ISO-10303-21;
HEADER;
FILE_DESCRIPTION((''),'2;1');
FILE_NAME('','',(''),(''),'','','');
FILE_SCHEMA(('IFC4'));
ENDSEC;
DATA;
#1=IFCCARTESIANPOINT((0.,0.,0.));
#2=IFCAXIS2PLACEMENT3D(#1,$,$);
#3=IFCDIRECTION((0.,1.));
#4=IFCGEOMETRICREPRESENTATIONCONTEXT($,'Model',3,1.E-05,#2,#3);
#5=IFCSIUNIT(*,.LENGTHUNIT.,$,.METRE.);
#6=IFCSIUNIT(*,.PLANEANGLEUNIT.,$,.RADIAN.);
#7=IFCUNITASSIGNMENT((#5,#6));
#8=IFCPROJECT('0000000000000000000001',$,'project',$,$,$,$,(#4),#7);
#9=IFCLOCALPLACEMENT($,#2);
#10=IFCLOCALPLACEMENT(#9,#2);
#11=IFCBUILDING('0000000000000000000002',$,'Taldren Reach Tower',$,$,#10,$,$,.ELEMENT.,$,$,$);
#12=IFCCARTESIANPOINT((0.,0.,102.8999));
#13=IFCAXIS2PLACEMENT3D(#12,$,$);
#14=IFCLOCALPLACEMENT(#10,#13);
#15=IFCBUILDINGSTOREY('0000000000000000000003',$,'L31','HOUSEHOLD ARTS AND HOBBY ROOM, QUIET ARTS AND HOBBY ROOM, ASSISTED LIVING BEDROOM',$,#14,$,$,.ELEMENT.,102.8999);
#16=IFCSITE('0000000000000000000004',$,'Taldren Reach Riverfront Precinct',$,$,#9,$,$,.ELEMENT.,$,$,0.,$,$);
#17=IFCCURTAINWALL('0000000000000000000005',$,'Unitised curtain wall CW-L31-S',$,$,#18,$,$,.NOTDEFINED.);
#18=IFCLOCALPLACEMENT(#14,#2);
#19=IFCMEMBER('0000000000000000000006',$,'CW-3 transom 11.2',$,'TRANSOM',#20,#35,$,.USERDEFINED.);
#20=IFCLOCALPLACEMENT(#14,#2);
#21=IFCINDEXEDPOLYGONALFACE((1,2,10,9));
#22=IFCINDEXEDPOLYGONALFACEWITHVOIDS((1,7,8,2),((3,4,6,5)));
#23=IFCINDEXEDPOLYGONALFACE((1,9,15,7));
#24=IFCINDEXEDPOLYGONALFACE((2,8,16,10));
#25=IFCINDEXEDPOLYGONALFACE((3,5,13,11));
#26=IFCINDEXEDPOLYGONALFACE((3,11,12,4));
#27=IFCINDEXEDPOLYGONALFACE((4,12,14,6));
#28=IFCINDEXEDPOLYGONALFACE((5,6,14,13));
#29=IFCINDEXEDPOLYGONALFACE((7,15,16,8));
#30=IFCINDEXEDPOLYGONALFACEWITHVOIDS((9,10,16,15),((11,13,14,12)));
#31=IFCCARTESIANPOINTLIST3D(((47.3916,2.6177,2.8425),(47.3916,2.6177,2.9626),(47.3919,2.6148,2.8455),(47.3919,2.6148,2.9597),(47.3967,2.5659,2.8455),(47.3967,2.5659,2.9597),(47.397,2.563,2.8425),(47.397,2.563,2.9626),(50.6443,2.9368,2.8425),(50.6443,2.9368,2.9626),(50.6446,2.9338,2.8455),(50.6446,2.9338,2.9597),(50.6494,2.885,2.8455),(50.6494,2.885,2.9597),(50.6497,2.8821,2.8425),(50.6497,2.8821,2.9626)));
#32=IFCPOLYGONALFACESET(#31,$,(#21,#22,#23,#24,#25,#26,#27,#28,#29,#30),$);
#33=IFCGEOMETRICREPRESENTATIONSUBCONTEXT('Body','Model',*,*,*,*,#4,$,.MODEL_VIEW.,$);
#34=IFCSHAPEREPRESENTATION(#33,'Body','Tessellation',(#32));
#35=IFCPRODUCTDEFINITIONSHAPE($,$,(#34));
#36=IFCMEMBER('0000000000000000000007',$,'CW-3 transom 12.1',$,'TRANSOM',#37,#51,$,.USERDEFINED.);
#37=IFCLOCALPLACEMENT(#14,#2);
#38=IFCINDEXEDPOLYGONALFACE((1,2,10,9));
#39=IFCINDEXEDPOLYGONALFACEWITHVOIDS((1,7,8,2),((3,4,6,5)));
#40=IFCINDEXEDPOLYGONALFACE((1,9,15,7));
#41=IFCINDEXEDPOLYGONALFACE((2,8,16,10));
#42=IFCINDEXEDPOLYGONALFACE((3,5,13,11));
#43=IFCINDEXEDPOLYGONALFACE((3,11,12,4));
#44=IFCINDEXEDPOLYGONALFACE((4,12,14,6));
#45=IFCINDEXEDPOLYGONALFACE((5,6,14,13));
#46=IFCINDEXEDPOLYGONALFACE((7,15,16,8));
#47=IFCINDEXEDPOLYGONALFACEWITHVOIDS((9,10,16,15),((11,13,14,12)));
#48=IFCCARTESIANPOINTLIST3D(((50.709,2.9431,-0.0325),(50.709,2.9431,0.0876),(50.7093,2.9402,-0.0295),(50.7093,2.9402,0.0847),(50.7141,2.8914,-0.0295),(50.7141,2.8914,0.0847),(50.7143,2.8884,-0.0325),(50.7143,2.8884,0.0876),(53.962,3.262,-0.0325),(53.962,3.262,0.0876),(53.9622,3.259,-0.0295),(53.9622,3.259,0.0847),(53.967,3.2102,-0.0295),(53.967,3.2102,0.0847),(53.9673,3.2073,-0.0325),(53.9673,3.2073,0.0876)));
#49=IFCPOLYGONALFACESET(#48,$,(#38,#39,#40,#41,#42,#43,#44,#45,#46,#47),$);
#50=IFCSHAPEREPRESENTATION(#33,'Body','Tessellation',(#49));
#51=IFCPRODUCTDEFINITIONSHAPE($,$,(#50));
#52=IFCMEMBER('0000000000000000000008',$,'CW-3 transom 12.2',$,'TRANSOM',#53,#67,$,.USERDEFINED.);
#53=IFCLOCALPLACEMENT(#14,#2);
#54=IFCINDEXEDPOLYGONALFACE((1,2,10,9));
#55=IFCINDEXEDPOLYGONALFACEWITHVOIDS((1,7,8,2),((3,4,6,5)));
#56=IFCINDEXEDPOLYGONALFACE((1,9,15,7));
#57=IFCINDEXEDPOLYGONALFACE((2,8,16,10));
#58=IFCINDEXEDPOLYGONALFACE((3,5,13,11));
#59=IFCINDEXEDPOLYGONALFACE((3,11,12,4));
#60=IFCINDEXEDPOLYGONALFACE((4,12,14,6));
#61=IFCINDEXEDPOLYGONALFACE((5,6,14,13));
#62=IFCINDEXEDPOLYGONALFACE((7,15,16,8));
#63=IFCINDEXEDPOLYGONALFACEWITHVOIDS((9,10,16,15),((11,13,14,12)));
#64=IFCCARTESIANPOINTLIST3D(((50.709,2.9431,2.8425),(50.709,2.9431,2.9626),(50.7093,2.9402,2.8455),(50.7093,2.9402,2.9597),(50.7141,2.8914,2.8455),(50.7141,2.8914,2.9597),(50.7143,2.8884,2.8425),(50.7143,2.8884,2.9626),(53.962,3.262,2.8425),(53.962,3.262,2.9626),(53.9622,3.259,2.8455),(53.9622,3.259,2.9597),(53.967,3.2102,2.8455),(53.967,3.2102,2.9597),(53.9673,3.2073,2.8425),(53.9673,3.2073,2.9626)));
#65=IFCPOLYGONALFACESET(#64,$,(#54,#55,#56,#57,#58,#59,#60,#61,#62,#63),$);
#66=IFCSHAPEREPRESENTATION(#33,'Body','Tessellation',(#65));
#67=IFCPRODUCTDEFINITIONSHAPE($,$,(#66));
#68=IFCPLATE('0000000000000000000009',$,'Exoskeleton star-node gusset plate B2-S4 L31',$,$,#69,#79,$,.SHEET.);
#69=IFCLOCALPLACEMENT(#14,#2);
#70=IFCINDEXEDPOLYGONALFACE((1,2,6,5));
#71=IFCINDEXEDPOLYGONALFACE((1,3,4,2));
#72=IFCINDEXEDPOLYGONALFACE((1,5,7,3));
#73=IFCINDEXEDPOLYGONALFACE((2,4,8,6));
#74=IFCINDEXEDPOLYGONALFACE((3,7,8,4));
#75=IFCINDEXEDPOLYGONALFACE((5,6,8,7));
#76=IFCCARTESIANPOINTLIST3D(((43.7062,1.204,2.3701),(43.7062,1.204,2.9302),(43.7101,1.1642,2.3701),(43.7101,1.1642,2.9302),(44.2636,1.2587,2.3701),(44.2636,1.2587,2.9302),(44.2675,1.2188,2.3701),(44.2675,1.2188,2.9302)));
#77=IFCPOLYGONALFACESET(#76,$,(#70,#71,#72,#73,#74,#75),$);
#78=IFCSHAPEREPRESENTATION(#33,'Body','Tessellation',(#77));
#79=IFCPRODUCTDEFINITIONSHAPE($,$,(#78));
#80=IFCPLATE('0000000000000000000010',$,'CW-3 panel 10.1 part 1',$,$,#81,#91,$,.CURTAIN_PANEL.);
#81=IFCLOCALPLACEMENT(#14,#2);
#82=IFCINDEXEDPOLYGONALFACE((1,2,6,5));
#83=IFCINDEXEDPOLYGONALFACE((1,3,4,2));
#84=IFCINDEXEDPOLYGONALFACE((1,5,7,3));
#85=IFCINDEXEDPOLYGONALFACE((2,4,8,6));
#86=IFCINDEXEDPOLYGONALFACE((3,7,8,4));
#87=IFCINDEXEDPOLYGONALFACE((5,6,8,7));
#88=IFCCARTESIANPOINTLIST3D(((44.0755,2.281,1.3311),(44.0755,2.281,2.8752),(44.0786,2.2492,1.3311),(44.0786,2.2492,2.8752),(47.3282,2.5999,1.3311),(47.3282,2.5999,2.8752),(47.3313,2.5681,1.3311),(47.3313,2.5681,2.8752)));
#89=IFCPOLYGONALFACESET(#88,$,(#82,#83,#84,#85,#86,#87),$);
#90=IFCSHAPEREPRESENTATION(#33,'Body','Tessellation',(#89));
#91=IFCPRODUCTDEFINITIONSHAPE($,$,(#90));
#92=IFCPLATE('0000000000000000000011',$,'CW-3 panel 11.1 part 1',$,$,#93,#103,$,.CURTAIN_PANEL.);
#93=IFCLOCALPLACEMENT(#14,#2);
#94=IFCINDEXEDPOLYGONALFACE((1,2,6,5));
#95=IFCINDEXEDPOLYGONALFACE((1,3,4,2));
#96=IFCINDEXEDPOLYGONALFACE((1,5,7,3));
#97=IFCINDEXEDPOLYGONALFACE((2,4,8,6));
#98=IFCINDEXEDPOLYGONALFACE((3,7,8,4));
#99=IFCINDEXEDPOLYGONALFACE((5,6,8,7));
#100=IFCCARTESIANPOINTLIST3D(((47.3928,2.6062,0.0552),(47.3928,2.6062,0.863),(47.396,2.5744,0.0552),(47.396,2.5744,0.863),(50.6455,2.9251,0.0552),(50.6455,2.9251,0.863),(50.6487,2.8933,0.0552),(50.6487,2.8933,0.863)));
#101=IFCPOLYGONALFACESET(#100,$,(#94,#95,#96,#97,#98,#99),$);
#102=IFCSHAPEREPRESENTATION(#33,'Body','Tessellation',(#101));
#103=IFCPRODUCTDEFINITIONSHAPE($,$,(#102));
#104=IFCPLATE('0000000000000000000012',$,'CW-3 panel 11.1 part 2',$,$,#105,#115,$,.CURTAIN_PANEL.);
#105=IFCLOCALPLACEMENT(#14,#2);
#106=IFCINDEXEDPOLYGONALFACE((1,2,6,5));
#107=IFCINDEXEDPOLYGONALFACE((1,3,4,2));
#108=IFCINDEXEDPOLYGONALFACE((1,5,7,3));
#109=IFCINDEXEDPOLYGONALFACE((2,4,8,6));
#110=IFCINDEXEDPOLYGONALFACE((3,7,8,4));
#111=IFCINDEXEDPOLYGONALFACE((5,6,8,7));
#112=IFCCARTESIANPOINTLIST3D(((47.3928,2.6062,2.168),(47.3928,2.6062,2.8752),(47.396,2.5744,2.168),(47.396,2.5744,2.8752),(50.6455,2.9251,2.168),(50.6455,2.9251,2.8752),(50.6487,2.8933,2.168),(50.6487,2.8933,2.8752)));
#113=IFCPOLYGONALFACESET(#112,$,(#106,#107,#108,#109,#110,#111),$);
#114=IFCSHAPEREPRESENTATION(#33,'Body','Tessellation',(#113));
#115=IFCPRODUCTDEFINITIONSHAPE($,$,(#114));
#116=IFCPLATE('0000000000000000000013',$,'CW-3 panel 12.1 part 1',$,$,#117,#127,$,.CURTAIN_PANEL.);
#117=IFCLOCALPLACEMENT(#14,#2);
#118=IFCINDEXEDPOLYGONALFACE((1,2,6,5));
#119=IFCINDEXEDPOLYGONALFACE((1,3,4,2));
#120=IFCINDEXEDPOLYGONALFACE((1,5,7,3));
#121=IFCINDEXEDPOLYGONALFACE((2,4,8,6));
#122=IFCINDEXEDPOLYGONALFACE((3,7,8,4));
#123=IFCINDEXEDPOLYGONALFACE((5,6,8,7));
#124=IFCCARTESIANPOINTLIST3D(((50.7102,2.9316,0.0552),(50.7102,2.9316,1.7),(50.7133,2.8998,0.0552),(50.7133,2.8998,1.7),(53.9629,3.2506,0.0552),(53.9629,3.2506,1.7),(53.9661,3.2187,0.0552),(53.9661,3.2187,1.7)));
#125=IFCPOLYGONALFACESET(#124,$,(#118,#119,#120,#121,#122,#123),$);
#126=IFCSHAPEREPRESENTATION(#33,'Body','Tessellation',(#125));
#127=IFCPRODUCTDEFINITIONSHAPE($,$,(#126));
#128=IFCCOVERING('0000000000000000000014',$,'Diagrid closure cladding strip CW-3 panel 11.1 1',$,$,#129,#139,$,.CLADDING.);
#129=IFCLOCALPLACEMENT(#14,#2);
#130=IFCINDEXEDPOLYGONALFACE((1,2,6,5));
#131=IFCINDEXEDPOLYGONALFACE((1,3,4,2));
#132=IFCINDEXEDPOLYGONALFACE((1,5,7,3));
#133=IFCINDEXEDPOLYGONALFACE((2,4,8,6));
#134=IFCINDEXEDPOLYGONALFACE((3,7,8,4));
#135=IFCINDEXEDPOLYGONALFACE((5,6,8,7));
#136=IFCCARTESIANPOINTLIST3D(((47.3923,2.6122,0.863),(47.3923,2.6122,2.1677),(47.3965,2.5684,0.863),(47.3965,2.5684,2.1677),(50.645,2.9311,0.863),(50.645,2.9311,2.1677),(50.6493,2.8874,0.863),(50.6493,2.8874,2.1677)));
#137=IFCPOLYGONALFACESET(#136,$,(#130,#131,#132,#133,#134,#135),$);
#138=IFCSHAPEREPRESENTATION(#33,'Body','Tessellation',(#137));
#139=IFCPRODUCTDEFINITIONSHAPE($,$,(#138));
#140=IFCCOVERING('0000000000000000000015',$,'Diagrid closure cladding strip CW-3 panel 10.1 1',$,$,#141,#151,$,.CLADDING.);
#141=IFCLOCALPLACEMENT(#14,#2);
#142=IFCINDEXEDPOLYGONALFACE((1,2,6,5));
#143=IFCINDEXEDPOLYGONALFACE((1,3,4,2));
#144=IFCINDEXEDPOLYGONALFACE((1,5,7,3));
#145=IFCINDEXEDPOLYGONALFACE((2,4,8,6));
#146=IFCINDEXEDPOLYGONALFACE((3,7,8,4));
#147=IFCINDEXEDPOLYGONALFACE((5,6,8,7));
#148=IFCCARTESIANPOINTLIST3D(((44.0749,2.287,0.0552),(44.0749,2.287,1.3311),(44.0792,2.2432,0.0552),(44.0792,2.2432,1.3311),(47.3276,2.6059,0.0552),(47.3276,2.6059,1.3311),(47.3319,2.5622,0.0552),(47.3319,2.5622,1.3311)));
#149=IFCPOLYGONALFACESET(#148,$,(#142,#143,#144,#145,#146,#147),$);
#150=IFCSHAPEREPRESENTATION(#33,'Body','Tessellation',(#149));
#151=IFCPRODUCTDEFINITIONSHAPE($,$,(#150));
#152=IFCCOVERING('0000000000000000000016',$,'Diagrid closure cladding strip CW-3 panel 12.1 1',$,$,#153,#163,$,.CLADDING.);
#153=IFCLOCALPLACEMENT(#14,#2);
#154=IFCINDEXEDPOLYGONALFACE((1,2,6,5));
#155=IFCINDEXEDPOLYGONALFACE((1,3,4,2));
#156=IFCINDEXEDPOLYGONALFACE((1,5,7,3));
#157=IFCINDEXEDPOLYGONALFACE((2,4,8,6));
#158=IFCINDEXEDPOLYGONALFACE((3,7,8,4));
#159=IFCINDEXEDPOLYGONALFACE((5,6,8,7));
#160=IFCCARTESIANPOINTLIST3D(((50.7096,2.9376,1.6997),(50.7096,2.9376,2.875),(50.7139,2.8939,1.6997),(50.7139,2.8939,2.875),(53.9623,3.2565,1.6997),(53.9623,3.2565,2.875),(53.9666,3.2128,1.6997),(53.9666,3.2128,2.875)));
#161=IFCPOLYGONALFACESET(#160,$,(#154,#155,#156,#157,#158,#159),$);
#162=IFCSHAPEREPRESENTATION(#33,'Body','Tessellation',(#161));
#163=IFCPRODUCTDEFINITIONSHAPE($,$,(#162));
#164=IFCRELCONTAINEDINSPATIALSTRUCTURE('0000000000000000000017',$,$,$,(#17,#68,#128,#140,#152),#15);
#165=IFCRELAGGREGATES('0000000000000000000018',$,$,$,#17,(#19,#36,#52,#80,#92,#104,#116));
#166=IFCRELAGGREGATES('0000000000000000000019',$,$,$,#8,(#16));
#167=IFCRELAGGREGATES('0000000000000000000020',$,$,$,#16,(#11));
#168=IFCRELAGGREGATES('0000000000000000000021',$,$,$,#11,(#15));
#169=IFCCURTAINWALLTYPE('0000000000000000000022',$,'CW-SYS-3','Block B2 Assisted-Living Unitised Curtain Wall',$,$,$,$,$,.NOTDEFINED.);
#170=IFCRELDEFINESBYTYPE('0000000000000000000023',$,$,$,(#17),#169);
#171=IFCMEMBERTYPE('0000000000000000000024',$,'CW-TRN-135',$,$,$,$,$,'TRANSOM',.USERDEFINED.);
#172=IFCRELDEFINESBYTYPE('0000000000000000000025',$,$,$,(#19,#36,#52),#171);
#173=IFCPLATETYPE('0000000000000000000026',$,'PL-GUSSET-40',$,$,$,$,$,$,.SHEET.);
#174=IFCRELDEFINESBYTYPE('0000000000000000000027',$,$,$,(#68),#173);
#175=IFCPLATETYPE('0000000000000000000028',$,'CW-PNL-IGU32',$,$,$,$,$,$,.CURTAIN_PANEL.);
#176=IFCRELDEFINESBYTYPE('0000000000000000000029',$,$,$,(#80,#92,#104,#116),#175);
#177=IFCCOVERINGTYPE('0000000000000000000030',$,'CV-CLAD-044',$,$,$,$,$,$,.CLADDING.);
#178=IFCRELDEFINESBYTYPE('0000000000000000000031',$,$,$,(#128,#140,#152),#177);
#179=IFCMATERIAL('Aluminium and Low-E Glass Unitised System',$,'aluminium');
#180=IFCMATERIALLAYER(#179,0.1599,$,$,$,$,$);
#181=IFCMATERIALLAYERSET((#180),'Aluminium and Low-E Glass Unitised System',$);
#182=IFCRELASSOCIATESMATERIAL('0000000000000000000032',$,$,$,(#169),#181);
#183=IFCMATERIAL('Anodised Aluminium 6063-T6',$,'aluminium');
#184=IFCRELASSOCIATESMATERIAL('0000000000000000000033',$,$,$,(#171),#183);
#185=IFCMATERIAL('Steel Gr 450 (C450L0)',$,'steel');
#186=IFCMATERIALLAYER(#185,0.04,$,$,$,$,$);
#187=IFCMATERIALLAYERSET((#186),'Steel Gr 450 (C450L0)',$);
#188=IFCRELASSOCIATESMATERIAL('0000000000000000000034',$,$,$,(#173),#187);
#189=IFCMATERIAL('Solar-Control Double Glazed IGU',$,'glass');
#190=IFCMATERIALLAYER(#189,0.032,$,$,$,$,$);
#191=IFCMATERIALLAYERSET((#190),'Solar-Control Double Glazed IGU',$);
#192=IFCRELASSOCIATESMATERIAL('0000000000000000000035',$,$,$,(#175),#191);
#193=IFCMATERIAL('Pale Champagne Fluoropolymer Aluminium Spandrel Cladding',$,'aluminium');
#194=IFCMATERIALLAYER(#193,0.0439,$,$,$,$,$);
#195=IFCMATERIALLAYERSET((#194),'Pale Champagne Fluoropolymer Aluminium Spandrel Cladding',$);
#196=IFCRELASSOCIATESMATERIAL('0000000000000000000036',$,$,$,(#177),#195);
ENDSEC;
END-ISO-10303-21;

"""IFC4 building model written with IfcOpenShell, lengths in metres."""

from ifc_helpers import new_model, si_unit, direction, frame, origin, origin_2d, place, context, subcontext, project, spatial, rectangle, hollow_rectangle, extrude, source, transform, mapped, material, layer, layer_set, material_profile, profile_set, type_object, element, aggregate, save


model = new_model("IFC4")

# Units and contexts
model_context = context("Model", 3, precision=1e-05, world=origin(), true_north=direction((0.0, 1.0)))
body_context = subcontext(model_context, "Body", "Model", "MODEL_VIEW")
ifc_project = project(units=[si_unit("LENGTHUNIT", "METRE"), si_unit("PLANEANGLEUNIT", "RADIAN")], contexts=[model_context])

# Site, building, storey
site_placement = place(None, origin())
site = spatial("IfcSite", under=ifc_project, at=site_placement, Name="Taldren Reach Riverfront Precinct", CompositionType="ELEMENT", RefElevation=0.0)
building_placement = place(site_placement, origin())
building = spatial("IfcBuilding", under=site, at=building_placement, Name="Taldren Reach Tower", CompositionType="ELEMENT")
storey_placement = place(building_placement, frame((0.0, 0.0, 102.8999)))
storey = spatial("IfcBuildingStorey", under=building, at=storey_placement, Name="L31", Description="HOUSEHOLD ARTS AND HOBBY ROOM, QUIET ARTS AND HOBBY ROOM, ASSISTED LIVING BEDROOM", CompositionType="ELEMENT", Elevation=102.8999)

# Shared definitions
ifc_material_1 = material(Name="Steel Gr 450 (C450L0)", Category="steel")

# Curtain wall, members
ifc_material_2 = material(Name="Aluminium and Low-E Glass Unitised System", Category="aluminium")
ifc_layer_1 = layer(ifc_material_2, 0.1599)
ifc_layer_set_1 = layer_set([ifc_layer_1], Name="Aluminium and Low-E Glass Unitised System")
curtain_wall_type = type_object("IfcCurtainWallType", Name="CW-SYS-3", Description="Block B2 Assisted-Living Unitised Curtain Wall", PredefinedType="NOTDEFINED", material=ifc_layer_set_1)
curtain_wall_placement = place(storey_placement, origin())
curtain_wall = element("IfcCurtainWall", 1, at=curtain_wall_placement, inside=storey, type_object=curtain_wall_type, Name="Unitised curtain wall CW-L31-S", PredefinedType="NOTDEFINED")
ifc_material_3 = material(Name="Anodised Aluminium 6063-T6", Category="aluminium")
ifc_material_profile_1 = material_profile(ifc_material_3, hollow_rectangle(XDim=0.0549, YDim=0.1201, WallThickness=0.0029, at=origin_2d()), Name="ALU-120x55x3RHS")
ifc_profile_set_1 = profile_set([ifc_material_profile_1], Name="Anodised Aluminium 6063-T6")
member_type_1 = type_object("IfcMemberType", Name="CW-TRN-135", ElementType="TRANSOM", PredefinedType="USERDEFINED", material=ifc_profile_set_1)
shared_shape_1 = source(origin(), body_context, "Body", "SweptSolid", [
    extrude(hollow_rectangle(XDim=0.0549, YDim=0.1201, WallThickness=0.0029, at=origin_2d()), origin(), (0.0, 0.0, 1.0), 3.2683),
])
member_1_placement = place(storey_placement, frame((47.3943, 2.5903, 2.9026), z_axis=(0.995223, 0.097632, 0.0), x_axis=(-0.097632, 0.995223, 0.0)))
member_1 = element("IfcMember", 2, at=member_1_placement, type_object=member_type_1, Name="CW-3 transom 11.2", ObjectType="TRANSOM", PredefinedType="USERDEFINED", context=body_context, shape_type="MappedRepresentation", body=[
    mapped(shared_shape_1, transform((0.0, 0.0, 0.0), scale=1.0)),
])
shared_shape_2 = source(origin(), body_context, "Body", "SweptSolid", [
    extrude(hollow_rectangle(XDim=0.0549, YDim=0.1201, WallThickness=0.0029, at=origin_2d()), origin(), (0.0, 0.0, 1.0), 3.2686),
])
member_2_placement = place(storey_placement, frame((50.7117, 2.9158, 0.0276), z_axis=(0.995231, 0.097551, 0.0), x_axis=(-0.097551, 0.995231, 0.0)))
member_2 = element("IfcMember", 3, at=member_2_placement, type_object=member_type_1, Name="CW-3 transom 12.1", ObjectType="TRANSOM", PredefinedType="USERDEFINED", context=body_context, shape_type="MappedRepresentation", body=[
    mapped(shared_shape_2, transform((0.0, 0.0, 0.0), scale=1.0)),
])
member_3_placement = place(storey_placement, frame((50.7117, 2.9158, 2.9026), z_axis=(0.995231, 0.097551, 0.0), x_axis=(-0.097551, 0.995231, 0.0)))
member_3 = element("IfcMember", 4, at=member_3_placement, type_object=member_type_1, Name="CW-3 transom 12.2", ObjectType="TRANSOM", PredefinedType="USERDEFINED", context=body_context, shape_type="MappedRepresentation", body=[
    mapped(shared_shape_2, transform((0.0, 0.0, 0.0), scale=1.0)),
])

# Plates
ifc_layer_2 = layer(ifc_material_1, 0.04)
ifc_layer_set_2 = layer_set([ifc_layer_2], Name="Steel Gr 450 (C450L0)")
plate_type_1 = type_object("IfcPlateType", Name="PL-GUSSET-40", PredefinedType="SHEET", material=ifc_layer_set_2)
shared_shape_3 = source(origin(), body_context, "Body", "SweptSolid", [
    extrude(rectangle(XDim=0.5601, YDim=0.04, at=origin_2d()), origin(), (0.0, 0.0, 1.0), 0.5601),
])
plate_1_placement = place(storey_placement, frame((43.9868, 1.2114, 2.3701), z_axis=(0.0, 0.0, 1.0), x_axis=(0.995227, 0.097583, 0.0)))
element("IfcPlate", 5, at=plate_1_placement, inside=storey, type_object=plate_type_1, Name="Exoskeleton star-node gusset plate B2-S4 L31", PredefinedType="SHEET", context=body_context, shape_type="MappedRepresentation", body=[
    mapped(shared_shape_3, transform((0.0, 0.0, 0.0), scale=1.0)),
])
ifc_material_4 = material(Name="Solar-Control Double Glazed IGU", Category="glass")
ifc_layer_3 = layer(ifc_material_4, 0.032)
ifc_layer_set_3 = layer_set([ifc_layer_3], Name="Solar-Control Double Glazed IGU")
plate_type_2 = type_object("IfcPlateType", Name="CW-PNL-IGU32", PredefinedType="CURTAIN_PANEL", material=ifc_layer_set_3)
shared_shape_4 = source(origin(), body_context, "Body", "SweptSolid", [
    extrude(rectangle(XDim=3.2683, YDim=0.032, at=origin_2d()), origin(), (0.0, 0.0, 1.0), 1.5442),
])
plate_2_placement = place(storey_placement, frame((45.7034, 2.4246, 1.3311), z_axis=(0.0, 0.0, 1.0), x_axis=(0.995227, 0.097583, 0.0)))
plate_2 = element("IfcPlate", 6, at=plate_2_placement, type_object=plate_type_2, Name="CW-3 panel 10.1 part 1", PredefinedType="CURTAIN_PANEL", context=body_context, shape_type="MappedRepresentation", body=[
    mapped(shared_shape_4, transform((0.0, 0.0, 0.0), scale=1.0)),
])
shared_shape_5 = source(origin(), body_context, "Body", "SweptSolid", [
    extrude(rectangle(XDim=3.2683, YDim=0.032, at=origin_2d()), origin(), (0.0, 0.0, 1.0), 0.8079),
])
plate_3_placement = place(storey_placement, frame((49.0208, 2.7498, 0.0552), z_axis=(0.0, 0.0, 1.0), x_axis=(0.995227, 0.097583, 0.0)))
plate_3 = element("IfcPlate", 7, at=plate_3_placement, type_object=plate_type_2, Name="CW-3 panel 11.1 part 1", PredefinedType="CURTAIN_PANEL", context=body_context, shape_type="MappedRepresentation", body=[
    mapped(shared_shape_5, transform((0.0, 0.0, 0.0), scale=1.0)),
])
shared_shape_6 = source(origin(), body_context, "Body", "SweptSolid", [
    extrude(rectangle(XDim=3.2683, YDim=0.032, at=origin_2d()), origin(), (0.0, 0.0, 1.0), 0.7073),
])
plate_4_placement = place(storey_placement, frame((49.0208, 2.7498, 2.168), z_axis=(0.0, 0.0, 1.0), x_axis=(0.995227, 0.097583, 0.0)))
plate_4 = element("IfcPlate", 8, at=plate_4_placement, type_object=plate_type_2, Name="CW-3 panel 11.1 part 2", PredefinedType="CURTAIN_PANEL", context=body_context, shape_type="MappedRepresentation", body=[
    mapped(shared_shape_6, transform((0.0, 0.0, 0.0), scale=1.0)),
])
shared_shape_7 = source(origin(), body_context, "Body", "SweptSolid", [
    extrude(rectangle(XDim=3.2683, YDim=0.032, at=origin_2d()), origin(), (0.0, 0.0, 1.0), 1.6448),
])
plate_5_placement = place(storey_placement, frame((52.3381, 3.0752, 0.0552), z_axis=(0.0, 0.0, 1.0), x_axis=(0.995227, 0.097583, 0.0)))
plate_5 = element("IfcPlate", 9, at=plate_5_placement, type_object=plate_type_2, Name="CW-3 panel 12.1 part 1", PredefinedType="CURTAIN_PANEL", context=body_context, shape_type="MappedRepresentation", body=[
    mapped(shared_shape_7, transform((0.0, 0.0, 0.0), scale=1.0)),
])
aggregate(curtain_wall, [member_1, member_2, member_3, plate_2, plate_3, plate_4, plate_5])

# Coverings
ifc_material_5 = material(Name="Pale Champagne Fluoropolymer Aluminium Spandrel Cladding", Category="aluminium")
ifc_layer_4 = layer(ifc_material_5, 0.0439)
ifc_layer_set_4 = layer_set([ifc_layer_4], Name="Pale Champagne Fluoropolymer Aluminium Spandrel Cladding")
covering_type = type_object("IfcCoveringType", Name="CV-CLAD-044", PredefinedType="CLADDING", material=ifc_layer_set_4)
shared_shape_8 = source(origin(), body_context, "Body", "SweptSolid", [
    extrude(rectangle(XDim=3.2683, YDim=0.0439, at=origin_2d()), origin(), (0.0, 0.0, 1.0), 1.3047),
])
covering_1_placement = place(storey_placement, frame((49.0208, 2.7498, 0.863), z_axis=(0.0, 0.0, 1.0), x_axis=(0.995227, 0.097583, 0.0)))
element("IfcCovering", 10, at=covering_1_placement, inside=storey, type_object=covering_type, Name="Diagrid closure cladding strip CW-3 panel 11.1 1", PredefinedType="CLADDING", context=body_context, shape_type="MappedRepresentation", body=[
    mapped(shared_shape_8, transform((0.0, 0.0, 0.0), scale=1.0)),
])
shared_shape_9 = source(origin(), body_context, "Body", "SweptSolid", [
    extrude(rectangle(XDim=3.2683, YDim=0.0439, at=origin_2d()), origin(), (0.0, 0.0, 1.0), 1.2759),
])
covering_2_placement = place(storey_placement, frame((45.7034, 2.4246, 0.0552), z_axis=(0.0, 0.0, 1.0), x_axis=(0.995227, 0.097583, 0.0)))
element("IfcCovering", 11, at=covering_2_placement, inside=storey, type_object=covering_type, Name="Diagrid closure cladding strip CW-3 panel 10.1 1", PredefinedType="CLADDING", context=body_context, shape_type="MappedRepresentation", body=[
    mapped(shared_shape_9, transform((0.0, 0.0, 0.0), scale=1.0)),
])
shared_shape_10 = source(origin(), body_context, "Body", "SweptSolid", [
    extrude(rectangle(XDim=3.2683, YDim=0.0439, at=origin_2d()), origin(), (0.0, 0.0, 1.0), 1.1753),
])
covering_3_placement = place(storey_placement, frame((52.3381, 3.0752, 1.6997), z_axis=(0.0, 0.0, 1.0), x_axis=(0.995227, 0.097583, 0.0)))
element("IfcCovering", 12, at=covering_3_placement, inside=storey, type_object=covering_type, Name="Diagrid closure cladding strip CW-3 panel 12.1 1", PredefinedType="CLADDING", context=body_context, shape_type="MappedRepresentation", body=[
    mapped(shared_shape_10, transform((0.0, 0.0, 0.0), scale=1.0)),
])

save(model, "model.ifc")
